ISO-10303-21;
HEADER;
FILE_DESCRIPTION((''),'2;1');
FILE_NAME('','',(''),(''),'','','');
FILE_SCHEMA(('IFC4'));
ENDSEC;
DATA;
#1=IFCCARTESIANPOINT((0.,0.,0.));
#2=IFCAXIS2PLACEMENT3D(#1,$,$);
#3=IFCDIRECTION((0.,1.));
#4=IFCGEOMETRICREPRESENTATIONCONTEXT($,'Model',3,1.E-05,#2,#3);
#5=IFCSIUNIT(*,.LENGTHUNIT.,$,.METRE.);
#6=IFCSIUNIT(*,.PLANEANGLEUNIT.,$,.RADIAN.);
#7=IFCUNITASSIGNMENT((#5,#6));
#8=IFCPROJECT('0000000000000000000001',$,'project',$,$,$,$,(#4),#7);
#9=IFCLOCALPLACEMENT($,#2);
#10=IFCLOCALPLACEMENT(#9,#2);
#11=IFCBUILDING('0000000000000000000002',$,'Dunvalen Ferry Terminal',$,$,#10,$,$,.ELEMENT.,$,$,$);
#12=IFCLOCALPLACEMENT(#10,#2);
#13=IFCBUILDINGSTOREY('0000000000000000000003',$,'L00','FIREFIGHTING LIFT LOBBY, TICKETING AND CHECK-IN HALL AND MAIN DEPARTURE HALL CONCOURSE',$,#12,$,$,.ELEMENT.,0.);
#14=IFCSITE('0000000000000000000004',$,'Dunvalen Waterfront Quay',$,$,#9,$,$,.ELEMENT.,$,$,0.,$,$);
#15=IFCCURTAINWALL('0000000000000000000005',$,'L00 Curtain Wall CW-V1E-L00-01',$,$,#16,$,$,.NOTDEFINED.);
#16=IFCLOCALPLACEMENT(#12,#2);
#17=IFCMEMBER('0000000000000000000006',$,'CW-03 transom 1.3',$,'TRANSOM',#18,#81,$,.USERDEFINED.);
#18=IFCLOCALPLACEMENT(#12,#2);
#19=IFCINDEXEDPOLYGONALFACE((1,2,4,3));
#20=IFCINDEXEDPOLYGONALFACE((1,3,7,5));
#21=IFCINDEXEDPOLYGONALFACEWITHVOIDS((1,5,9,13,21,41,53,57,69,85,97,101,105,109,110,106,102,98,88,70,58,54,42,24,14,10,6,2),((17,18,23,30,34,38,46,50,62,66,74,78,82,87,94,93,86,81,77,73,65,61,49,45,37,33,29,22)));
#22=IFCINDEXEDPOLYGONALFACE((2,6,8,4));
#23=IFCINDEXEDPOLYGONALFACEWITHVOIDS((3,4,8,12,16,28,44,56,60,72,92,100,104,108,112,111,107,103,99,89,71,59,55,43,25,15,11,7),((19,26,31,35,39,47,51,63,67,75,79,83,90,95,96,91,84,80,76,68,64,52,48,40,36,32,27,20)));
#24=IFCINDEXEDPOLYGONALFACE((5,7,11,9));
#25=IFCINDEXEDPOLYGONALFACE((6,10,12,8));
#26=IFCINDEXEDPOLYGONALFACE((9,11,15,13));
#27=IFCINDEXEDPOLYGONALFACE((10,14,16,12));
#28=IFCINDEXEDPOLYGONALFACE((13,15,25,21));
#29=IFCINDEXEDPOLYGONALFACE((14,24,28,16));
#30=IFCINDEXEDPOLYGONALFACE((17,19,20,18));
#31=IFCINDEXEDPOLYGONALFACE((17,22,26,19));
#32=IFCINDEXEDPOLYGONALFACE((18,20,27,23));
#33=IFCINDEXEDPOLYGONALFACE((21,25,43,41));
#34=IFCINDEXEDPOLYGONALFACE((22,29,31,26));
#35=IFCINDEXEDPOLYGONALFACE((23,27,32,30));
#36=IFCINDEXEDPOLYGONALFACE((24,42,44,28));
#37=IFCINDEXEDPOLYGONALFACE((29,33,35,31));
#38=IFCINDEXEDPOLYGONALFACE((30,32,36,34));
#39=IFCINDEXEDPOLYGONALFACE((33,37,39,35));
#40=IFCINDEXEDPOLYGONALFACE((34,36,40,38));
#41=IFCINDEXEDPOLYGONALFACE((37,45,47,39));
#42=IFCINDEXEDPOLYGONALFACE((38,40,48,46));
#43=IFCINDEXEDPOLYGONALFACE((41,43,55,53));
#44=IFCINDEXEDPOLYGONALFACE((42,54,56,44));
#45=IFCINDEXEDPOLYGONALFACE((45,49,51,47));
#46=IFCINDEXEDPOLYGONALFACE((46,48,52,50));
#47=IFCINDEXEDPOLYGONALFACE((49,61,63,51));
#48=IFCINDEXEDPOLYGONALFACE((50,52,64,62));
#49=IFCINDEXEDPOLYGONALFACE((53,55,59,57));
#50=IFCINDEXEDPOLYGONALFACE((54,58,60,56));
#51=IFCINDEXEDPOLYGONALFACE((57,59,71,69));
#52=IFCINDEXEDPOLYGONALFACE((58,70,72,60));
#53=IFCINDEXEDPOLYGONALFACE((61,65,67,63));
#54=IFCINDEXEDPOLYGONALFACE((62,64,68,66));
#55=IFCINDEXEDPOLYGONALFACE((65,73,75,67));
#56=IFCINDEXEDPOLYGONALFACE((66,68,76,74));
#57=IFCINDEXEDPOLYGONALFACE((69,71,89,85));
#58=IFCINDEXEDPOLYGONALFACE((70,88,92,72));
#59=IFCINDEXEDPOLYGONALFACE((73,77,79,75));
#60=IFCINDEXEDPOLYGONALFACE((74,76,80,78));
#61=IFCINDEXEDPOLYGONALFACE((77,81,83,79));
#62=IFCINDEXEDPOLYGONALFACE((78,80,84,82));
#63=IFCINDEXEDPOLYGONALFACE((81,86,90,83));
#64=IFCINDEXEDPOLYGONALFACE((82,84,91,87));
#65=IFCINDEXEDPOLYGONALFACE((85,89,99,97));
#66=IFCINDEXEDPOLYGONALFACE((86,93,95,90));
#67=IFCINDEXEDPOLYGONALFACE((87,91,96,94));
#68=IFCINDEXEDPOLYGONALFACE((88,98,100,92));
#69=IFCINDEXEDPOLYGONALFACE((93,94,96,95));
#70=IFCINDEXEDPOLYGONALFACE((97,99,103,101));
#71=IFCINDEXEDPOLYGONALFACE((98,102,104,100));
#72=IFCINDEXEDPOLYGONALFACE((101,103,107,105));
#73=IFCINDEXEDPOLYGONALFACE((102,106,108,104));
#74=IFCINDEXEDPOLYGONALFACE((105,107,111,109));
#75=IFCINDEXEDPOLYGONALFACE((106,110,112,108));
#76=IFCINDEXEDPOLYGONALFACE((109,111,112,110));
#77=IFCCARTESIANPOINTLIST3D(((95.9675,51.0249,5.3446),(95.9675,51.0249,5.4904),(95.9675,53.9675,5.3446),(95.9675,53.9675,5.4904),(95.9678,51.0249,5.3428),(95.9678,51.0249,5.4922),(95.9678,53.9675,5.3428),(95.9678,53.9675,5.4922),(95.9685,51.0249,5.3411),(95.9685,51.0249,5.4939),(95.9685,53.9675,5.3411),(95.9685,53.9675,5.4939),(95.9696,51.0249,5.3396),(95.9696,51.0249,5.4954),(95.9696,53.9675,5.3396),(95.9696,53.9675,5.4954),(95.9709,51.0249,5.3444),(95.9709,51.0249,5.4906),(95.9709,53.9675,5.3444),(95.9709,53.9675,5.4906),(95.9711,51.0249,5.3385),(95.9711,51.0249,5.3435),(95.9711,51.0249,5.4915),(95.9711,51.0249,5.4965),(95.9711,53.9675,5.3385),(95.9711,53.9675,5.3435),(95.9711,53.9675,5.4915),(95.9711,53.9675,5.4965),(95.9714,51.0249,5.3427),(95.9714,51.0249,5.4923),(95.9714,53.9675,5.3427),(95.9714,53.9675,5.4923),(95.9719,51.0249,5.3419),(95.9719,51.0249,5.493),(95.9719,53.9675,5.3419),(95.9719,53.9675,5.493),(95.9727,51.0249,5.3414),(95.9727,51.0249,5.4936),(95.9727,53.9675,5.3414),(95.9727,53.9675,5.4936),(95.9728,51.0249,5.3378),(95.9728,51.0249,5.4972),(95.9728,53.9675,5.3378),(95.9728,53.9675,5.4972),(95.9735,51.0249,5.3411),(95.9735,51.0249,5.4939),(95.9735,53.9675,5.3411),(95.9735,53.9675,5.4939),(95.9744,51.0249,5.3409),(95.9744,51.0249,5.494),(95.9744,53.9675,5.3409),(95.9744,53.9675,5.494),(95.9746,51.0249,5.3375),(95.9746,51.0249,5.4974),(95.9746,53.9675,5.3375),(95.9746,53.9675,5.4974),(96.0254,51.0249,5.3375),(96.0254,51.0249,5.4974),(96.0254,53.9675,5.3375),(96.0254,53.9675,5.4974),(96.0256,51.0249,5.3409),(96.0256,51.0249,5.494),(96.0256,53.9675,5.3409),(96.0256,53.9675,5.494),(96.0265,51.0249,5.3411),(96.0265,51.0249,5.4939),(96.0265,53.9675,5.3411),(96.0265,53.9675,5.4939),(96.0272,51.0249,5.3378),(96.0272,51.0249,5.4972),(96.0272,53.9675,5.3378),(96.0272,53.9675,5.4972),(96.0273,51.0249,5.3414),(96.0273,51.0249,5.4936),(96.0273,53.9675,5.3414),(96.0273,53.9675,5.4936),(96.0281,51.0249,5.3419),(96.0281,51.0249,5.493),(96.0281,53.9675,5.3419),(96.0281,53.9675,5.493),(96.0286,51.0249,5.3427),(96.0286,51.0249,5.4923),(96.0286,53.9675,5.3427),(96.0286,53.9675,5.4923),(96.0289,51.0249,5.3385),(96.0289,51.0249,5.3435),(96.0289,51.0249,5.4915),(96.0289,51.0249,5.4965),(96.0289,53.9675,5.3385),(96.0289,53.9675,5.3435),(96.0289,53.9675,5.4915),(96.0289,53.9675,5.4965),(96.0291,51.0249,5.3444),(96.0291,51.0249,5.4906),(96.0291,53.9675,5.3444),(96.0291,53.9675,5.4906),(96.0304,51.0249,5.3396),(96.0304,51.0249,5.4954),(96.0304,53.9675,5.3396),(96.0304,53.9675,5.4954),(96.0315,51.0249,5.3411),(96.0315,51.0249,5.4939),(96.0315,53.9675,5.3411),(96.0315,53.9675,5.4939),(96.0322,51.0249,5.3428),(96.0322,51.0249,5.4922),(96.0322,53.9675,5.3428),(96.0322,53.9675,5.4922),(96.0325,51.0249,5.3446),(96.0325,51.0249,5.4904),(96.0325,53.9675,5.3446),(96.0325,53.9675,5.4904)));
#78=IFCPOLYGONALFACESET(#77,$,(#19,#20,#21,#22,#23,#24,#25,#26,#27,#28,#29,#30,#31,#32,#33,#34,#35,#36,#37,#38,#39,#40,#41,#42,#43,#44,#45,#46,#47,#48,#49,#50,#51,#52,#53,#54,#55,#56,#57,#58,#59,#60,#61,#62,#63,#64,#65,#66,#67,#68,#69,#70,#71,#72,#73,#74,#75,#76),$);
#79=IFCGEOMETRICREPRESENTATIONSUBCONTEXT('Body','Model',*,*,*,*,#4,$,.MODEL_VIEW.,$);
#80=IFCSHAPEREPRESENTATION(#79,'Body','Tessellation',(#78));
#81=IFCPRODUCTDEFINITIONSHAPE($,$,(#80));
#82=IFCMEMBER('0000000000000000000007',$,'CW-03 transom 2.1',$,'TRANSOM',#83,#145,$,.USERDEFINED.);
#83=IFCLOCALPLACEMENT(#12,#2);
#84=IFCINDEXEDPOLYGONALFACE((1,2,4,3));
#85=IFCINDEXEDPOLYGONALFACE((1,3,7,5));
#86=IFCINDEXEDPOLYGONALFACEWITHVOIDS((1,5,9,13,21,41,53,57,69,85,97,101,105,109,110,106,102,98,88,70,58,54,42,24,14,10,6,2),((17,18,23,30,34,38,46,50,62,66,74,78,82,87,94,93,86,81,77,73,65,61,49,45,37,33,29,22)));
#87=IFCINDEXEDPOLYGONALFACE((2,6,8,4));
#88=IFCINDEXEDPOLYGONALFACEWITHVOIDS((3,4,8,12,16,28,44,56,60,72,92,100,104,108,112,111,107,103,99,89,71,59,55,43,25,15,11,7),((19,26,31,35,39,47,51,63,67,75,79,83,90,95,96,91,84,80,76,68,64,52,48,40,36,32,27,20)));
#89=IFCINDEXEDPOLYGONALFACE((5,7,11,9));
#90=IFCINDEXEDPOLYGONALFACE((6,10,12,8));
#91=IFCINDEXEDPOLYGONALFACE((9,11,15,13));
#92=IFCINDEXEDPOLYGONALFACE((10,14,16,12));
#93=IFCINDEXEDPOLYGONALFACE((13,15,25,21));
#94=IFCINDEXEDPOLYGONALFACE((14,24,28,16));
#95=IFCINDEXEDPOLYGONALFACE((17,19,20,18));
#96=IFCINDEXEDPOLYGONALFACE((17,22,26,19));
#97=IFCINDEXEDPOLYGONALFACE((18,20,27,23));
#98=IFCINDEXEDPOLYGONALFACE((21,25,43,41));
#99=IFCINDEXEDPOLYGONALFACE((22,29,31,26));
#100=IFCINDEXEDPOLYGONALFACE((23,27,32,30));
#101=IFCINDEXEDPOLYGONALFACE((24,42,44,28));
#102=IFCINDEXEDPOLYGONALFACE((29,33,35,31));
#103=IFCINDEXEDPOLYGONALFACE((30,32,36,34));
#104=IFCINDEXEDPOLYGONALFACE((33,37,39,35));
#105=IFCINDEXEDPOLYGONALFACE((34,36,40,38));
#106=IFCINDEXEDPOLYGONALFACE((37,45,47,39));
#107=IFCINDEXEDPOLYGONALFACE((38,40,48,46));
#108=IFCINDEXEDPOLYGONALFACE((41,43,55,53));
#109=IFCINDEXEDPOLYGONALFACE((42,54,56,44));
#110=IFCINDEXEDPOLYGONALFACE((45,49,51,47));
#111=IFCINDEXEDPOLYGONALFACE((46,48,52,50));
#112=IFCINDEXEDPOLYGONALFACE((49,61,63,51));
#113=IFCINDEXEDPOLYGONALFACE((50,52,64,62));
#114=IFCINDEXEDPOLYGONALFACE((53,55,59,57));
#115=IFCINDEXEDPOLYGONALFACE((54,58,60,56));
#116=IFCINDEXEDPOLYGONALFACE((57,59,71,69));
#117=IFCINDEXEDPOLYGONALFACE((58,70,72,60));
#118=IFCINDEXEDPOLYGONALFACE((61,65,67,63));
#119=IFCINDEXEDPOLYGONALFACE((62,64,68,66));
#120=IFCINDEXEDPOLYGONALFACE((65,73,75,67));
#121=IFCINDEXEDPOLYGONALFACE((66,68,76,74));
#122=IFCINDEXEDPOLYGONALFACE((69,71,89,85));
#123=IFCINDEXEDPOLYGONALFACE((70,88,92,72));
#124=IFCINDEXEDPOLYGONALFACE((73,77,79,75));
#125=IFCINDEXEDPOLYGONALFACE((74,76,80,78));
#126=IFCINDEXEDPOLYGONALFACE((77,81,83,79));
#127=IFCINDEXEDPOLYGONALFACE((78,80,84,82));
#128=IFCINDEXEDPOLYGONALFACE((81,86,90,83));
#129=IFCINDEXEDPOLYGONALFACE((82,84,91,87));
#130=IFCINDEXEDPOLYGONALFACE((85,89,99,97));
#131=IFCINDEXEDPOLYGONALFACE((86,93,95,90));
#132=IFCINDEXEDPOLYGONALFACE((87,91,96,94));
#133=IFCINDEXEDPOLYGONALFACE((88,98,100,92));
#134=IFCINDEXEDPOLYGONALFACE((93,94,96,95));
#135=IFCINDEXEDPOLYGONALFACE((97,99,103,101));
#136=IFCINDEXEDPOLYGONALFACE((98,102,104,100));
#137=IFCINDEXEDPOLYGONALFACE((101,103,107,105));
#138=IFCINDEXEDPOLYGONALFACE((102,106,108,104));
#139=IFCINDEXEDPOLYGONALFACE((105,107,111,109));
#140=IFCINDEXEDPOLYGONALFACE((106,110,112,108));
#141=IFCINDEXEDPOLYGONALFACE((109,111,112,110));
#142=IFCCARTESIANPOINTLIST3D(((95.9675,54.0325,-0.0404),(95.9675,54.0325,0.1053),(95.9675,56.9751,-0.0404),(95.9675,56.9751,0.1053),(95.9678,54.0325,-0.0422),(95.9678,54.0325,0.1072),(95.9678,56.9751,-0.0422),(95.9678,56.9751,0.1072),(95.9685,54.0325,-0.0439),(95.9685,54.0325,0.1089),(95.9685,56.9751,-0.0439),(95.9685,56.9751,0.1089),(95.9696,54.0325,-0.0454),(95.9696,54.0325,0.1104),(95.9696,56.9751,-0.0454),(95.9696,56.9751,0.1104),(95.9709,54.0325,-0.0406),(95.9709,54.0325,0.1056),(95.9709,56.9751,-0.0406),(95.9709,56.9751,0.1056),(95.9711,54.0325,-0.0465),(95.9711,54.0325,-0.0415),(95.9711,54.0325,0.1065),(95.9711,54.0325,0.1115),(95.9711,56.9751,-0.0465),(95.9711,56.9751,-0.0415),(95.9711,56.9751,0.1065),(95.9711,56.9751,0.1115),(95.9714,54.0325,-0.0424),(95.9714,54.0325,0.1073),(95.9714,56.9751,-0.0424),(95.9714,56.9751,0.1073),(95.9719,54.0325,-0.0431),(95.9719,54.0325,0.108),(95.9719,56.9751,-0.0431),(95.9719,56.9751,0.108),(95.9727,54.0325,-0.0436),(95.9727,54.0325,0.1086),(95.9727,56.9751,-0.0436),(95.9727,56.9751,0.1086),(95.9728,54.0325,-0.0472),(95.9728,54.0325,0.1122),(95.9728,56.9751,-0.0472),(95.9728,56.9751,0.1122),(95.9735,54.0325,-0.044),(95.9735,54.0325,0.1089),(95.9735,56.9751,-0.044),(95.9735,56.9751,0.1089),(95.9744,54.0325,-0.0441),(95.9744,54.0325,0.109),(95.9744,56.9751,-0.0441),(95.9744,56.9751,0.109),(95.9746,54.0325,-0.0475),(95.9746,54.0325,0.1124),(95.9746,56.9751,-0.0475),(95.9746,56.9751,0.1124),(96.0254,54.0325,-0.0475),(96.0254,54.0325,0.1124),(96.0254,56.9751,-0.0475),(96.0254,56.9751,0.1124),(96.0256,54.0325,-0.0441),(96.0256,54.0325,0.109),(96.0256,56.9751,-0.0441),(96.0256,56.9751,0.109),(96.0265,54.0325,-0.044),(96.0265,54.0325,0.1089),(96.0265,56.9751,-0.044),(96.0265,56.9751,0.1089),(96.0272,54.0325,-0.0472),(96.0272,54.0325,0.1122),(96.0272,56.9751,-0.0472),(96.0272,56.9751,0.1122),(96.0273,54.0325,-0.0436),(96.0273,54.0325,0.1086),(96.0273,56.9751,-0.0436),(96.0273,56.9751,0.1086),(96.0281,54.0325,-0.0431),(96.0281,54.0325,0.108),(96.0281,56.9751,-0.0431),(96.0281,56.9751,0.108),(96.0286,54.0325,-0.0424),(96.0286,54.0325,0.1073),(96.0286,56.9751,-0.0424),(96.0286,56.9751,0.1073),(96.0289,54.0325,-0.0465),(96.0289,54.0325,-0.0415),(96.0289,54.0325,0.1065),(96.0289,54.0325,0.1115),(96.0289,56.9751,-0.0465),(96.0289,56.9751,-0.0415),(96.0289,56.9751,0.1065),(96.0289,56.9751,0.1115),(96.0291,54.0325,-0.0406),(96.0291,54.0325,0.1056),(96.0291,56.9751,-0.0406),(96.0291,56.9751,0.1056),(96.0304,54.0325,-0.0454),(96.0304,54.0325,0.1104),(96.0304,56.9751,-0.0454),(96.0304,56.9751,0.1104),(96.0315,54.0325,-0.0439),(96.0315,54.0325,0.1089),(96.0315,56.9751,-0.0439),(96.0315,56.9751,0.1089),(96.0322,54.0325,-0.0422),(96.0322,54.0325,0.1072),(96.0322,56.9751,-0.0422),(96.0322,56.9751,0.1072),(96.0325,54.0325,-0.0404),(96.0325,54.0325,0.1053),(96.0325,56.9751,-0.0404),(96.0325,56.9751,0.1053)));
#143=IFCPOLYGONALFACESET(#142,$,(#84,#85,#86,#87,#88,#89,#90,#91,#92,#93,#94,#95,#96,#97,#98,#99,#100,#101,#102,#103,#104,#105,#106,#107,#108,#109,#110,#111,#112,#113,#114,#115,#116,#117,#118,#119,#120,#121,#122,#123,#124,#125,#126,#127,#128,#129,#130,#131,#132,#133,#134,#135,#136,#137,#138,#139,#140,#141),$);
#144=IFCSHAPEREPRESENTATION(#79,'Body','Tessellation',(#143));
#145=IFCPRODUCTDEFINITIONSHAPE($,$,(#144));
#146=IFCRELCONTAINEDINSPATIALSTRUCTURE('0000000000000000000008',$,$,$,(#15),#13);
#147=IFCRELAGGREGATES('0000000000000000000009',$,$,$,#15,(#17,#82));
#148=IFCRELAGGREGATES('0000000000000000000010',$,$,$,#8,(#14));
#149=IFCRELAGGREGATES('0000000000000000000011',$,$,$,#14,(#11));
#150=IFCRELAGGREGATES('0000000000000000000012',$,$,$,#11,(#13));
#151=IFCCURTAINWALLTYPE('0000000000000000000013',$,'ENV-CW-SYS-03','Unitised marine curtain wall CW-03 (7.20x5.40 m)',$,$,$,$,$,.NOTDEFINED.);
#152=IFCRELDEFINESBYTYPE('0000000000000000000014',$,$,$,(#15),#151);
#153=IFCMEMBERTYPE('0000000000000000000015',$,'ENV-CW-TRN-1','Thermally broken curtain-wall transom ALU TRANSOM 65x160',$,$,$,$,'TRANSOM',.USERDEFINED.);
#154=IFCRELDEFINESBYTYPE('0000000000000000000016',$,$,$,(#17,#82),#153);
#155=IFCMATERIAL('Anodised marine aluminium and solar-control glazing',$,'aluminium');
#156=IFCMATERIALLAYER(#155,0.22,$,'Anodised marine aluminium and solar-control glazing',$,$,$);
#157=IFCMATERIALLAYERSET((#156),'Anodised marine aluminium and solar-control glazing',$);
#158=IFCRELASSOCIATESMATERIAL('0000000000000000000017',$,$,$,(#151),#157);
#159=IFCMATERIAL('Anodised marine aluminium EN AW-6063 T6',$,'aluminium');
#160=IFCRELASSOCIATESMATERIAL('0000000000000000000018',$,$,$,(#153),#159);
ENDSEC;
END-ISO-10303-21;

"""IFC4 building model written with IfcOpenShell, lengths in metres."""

from ifc_helpers import new_model, si_unit, direction, frame, origin, origin_2d, place, context, subcontext, project, spatial, hollow_rectangle, extrude, material, layer, layer_set, material_profile, profile_set, type_object, element, aggregate, save


model = new_model("IFC4")

# Units and contexts
model_context = context("Model", 3, precision=1e-05, world=origin(), true_north=direction((0.0, 1.0)))
body_context = subcontext(model_context, "Body", "Model", "MODEL_VIEW")
ifc_project = project(units=[si_unit("LENGTHUNIT", "METRE"), si_unit("PLANEANGLEUNIT", "RADIAN")], contexts=[model_context])

# Site, building, storey
site_placement = place(None, origin())
site = spatial("IfcSite", under=ifc_project, at=site_placement, Name="Dunvalen Waterfront Quay", CompositionType="ELEMENT", RefElevation=0.0)
building_placement = place(site_placement, origin())
building = spatial("IfcBuilding", under=site, at=building_placement, Name="Dunvalen Ferry Terminal", CompositionType="ELEMENT")
storey_placement = place(building_placement, origin())
storey = spatial("IfcBuildingStorey", under=building, at=storey_placement, Name="L00", Description="FIREFIGHTING LIFT LOBBY, TICKETING AND CHECK-IN HALL AND MAIN DEPARTURE HALL CONCOURSE", CompositionType="ELEMENT", Elevation=0.0)

# Shared definitions
ifc_material_1 = material(Name="Anodised marine aluminium and solar-control glazing", Category="aluminium")
ifc_material_2 = material(Name="Anodised marine aluminium EN AW-6063 T6", Category="aluminium")

# Curtain wall
ifc_layer_1 = layer(ifc_material_1, 0.22, Name="Anodised marine aluminium and solar-control glazing")
ifc_layer_set_1 = layer_set([ifc_layer_1], Name="Anodised marine aluminium and solar-control glazing")
curtain_wall_type_1 = type_object("IfcCurtainWallType", Name="ENV-CW-SYS-03", Description="Unitised marine curtain wall CW-03 (7.20x5.40 m)", PredefinedType="NOTDEFINED", material=ifc_layer_set_1)
curtain_wall_1_placement = place(storey_placement, origin())
curtain_wall_1 = element("IfcCurtainWall", 1, at=curtain_wall_1_placement, inside=storey, type_object=curtain_wall_type_1, Name="L00 Curtain Wall CW-V1E-L00-01", PredefinedType="NOTDEFINED")

# Members
ifc_material_profile_1 = material_profile(ifc_material_2, hollow_rectangle(XDim=0.0649, YDim=0.1599, WallThickness=0.0034, InnerFilletRadius=0.0034, OuterFilletRadius=0.0071, at=origin_2d()), Name="Anodised marine aluminium EN AW-6063 T6")
ifc_profile_set_1 = profile_set([ifc_material_profile_1], Name="Anodised marine aluminium EN AW-6063 T6")
member_type_1 = type_object("IfcMemberType", Name="ENV-CW-TRN-1", Description="Thermally broken curtain-wall transom ALU TRANSOM 65x160", ElementType="TRANSOM", PredefinedType="USERDEFINED", material=ifc_profile_set_1)
member_1_placement = place(storey_placement, frame((96.0, 51.0249, 5.4175), z_axis=(0.0, 1.0, 0.0), x_axis=(-1.0, 0.0, 0.0)))
member_1 = element("IfcMember", 2, at=member_1_placement, type_object=member_type_1, Name="CW-03 transom 1.3", ObjectType="TRANSOM", PredefinedType="USERDEFINED", context=body_context, shape_type="SweptSolid", body=[
    extrude(hollow_rectangle(XDim=0.0649, YDim=0.1599, WallThickness=0.0034, InnerFilletRadius=0.0034, OuterFilletRadius=0.0071, at=origin_2d()), origin(), (0.0, 0.0, 1.0), 2.9426),
])
member_2_placement = place(storey_placement, frame((96.0, 54.0325, 0.0325), z_axis=(0.0, 1.0, 0.0), x_axis=(-1.0, 0.0, 0.0)))
member_2 = element("IfcMember", 3, at=member_2_placement, type_object=member_type_1, Name="CW-03 transom 2.1", ObjectType="TRANSOM", PredefinedType="USERDEFINED", context=body_context, shape_type="SweptSolid", body=[
    extrude(hollow_rectangle(XDim=0.0649, YDim=0.1599, WallThickness=0.0034, InnerFilletRadius=0.0034, OuterFilletRadius=0.0071, at=origin_2d()), origin(), (0.0, 0.0, 1.0), 2.9426),
])

aggregate(curtain_wall_1, [member_1, member_2])

save(model, "model.ifc")
